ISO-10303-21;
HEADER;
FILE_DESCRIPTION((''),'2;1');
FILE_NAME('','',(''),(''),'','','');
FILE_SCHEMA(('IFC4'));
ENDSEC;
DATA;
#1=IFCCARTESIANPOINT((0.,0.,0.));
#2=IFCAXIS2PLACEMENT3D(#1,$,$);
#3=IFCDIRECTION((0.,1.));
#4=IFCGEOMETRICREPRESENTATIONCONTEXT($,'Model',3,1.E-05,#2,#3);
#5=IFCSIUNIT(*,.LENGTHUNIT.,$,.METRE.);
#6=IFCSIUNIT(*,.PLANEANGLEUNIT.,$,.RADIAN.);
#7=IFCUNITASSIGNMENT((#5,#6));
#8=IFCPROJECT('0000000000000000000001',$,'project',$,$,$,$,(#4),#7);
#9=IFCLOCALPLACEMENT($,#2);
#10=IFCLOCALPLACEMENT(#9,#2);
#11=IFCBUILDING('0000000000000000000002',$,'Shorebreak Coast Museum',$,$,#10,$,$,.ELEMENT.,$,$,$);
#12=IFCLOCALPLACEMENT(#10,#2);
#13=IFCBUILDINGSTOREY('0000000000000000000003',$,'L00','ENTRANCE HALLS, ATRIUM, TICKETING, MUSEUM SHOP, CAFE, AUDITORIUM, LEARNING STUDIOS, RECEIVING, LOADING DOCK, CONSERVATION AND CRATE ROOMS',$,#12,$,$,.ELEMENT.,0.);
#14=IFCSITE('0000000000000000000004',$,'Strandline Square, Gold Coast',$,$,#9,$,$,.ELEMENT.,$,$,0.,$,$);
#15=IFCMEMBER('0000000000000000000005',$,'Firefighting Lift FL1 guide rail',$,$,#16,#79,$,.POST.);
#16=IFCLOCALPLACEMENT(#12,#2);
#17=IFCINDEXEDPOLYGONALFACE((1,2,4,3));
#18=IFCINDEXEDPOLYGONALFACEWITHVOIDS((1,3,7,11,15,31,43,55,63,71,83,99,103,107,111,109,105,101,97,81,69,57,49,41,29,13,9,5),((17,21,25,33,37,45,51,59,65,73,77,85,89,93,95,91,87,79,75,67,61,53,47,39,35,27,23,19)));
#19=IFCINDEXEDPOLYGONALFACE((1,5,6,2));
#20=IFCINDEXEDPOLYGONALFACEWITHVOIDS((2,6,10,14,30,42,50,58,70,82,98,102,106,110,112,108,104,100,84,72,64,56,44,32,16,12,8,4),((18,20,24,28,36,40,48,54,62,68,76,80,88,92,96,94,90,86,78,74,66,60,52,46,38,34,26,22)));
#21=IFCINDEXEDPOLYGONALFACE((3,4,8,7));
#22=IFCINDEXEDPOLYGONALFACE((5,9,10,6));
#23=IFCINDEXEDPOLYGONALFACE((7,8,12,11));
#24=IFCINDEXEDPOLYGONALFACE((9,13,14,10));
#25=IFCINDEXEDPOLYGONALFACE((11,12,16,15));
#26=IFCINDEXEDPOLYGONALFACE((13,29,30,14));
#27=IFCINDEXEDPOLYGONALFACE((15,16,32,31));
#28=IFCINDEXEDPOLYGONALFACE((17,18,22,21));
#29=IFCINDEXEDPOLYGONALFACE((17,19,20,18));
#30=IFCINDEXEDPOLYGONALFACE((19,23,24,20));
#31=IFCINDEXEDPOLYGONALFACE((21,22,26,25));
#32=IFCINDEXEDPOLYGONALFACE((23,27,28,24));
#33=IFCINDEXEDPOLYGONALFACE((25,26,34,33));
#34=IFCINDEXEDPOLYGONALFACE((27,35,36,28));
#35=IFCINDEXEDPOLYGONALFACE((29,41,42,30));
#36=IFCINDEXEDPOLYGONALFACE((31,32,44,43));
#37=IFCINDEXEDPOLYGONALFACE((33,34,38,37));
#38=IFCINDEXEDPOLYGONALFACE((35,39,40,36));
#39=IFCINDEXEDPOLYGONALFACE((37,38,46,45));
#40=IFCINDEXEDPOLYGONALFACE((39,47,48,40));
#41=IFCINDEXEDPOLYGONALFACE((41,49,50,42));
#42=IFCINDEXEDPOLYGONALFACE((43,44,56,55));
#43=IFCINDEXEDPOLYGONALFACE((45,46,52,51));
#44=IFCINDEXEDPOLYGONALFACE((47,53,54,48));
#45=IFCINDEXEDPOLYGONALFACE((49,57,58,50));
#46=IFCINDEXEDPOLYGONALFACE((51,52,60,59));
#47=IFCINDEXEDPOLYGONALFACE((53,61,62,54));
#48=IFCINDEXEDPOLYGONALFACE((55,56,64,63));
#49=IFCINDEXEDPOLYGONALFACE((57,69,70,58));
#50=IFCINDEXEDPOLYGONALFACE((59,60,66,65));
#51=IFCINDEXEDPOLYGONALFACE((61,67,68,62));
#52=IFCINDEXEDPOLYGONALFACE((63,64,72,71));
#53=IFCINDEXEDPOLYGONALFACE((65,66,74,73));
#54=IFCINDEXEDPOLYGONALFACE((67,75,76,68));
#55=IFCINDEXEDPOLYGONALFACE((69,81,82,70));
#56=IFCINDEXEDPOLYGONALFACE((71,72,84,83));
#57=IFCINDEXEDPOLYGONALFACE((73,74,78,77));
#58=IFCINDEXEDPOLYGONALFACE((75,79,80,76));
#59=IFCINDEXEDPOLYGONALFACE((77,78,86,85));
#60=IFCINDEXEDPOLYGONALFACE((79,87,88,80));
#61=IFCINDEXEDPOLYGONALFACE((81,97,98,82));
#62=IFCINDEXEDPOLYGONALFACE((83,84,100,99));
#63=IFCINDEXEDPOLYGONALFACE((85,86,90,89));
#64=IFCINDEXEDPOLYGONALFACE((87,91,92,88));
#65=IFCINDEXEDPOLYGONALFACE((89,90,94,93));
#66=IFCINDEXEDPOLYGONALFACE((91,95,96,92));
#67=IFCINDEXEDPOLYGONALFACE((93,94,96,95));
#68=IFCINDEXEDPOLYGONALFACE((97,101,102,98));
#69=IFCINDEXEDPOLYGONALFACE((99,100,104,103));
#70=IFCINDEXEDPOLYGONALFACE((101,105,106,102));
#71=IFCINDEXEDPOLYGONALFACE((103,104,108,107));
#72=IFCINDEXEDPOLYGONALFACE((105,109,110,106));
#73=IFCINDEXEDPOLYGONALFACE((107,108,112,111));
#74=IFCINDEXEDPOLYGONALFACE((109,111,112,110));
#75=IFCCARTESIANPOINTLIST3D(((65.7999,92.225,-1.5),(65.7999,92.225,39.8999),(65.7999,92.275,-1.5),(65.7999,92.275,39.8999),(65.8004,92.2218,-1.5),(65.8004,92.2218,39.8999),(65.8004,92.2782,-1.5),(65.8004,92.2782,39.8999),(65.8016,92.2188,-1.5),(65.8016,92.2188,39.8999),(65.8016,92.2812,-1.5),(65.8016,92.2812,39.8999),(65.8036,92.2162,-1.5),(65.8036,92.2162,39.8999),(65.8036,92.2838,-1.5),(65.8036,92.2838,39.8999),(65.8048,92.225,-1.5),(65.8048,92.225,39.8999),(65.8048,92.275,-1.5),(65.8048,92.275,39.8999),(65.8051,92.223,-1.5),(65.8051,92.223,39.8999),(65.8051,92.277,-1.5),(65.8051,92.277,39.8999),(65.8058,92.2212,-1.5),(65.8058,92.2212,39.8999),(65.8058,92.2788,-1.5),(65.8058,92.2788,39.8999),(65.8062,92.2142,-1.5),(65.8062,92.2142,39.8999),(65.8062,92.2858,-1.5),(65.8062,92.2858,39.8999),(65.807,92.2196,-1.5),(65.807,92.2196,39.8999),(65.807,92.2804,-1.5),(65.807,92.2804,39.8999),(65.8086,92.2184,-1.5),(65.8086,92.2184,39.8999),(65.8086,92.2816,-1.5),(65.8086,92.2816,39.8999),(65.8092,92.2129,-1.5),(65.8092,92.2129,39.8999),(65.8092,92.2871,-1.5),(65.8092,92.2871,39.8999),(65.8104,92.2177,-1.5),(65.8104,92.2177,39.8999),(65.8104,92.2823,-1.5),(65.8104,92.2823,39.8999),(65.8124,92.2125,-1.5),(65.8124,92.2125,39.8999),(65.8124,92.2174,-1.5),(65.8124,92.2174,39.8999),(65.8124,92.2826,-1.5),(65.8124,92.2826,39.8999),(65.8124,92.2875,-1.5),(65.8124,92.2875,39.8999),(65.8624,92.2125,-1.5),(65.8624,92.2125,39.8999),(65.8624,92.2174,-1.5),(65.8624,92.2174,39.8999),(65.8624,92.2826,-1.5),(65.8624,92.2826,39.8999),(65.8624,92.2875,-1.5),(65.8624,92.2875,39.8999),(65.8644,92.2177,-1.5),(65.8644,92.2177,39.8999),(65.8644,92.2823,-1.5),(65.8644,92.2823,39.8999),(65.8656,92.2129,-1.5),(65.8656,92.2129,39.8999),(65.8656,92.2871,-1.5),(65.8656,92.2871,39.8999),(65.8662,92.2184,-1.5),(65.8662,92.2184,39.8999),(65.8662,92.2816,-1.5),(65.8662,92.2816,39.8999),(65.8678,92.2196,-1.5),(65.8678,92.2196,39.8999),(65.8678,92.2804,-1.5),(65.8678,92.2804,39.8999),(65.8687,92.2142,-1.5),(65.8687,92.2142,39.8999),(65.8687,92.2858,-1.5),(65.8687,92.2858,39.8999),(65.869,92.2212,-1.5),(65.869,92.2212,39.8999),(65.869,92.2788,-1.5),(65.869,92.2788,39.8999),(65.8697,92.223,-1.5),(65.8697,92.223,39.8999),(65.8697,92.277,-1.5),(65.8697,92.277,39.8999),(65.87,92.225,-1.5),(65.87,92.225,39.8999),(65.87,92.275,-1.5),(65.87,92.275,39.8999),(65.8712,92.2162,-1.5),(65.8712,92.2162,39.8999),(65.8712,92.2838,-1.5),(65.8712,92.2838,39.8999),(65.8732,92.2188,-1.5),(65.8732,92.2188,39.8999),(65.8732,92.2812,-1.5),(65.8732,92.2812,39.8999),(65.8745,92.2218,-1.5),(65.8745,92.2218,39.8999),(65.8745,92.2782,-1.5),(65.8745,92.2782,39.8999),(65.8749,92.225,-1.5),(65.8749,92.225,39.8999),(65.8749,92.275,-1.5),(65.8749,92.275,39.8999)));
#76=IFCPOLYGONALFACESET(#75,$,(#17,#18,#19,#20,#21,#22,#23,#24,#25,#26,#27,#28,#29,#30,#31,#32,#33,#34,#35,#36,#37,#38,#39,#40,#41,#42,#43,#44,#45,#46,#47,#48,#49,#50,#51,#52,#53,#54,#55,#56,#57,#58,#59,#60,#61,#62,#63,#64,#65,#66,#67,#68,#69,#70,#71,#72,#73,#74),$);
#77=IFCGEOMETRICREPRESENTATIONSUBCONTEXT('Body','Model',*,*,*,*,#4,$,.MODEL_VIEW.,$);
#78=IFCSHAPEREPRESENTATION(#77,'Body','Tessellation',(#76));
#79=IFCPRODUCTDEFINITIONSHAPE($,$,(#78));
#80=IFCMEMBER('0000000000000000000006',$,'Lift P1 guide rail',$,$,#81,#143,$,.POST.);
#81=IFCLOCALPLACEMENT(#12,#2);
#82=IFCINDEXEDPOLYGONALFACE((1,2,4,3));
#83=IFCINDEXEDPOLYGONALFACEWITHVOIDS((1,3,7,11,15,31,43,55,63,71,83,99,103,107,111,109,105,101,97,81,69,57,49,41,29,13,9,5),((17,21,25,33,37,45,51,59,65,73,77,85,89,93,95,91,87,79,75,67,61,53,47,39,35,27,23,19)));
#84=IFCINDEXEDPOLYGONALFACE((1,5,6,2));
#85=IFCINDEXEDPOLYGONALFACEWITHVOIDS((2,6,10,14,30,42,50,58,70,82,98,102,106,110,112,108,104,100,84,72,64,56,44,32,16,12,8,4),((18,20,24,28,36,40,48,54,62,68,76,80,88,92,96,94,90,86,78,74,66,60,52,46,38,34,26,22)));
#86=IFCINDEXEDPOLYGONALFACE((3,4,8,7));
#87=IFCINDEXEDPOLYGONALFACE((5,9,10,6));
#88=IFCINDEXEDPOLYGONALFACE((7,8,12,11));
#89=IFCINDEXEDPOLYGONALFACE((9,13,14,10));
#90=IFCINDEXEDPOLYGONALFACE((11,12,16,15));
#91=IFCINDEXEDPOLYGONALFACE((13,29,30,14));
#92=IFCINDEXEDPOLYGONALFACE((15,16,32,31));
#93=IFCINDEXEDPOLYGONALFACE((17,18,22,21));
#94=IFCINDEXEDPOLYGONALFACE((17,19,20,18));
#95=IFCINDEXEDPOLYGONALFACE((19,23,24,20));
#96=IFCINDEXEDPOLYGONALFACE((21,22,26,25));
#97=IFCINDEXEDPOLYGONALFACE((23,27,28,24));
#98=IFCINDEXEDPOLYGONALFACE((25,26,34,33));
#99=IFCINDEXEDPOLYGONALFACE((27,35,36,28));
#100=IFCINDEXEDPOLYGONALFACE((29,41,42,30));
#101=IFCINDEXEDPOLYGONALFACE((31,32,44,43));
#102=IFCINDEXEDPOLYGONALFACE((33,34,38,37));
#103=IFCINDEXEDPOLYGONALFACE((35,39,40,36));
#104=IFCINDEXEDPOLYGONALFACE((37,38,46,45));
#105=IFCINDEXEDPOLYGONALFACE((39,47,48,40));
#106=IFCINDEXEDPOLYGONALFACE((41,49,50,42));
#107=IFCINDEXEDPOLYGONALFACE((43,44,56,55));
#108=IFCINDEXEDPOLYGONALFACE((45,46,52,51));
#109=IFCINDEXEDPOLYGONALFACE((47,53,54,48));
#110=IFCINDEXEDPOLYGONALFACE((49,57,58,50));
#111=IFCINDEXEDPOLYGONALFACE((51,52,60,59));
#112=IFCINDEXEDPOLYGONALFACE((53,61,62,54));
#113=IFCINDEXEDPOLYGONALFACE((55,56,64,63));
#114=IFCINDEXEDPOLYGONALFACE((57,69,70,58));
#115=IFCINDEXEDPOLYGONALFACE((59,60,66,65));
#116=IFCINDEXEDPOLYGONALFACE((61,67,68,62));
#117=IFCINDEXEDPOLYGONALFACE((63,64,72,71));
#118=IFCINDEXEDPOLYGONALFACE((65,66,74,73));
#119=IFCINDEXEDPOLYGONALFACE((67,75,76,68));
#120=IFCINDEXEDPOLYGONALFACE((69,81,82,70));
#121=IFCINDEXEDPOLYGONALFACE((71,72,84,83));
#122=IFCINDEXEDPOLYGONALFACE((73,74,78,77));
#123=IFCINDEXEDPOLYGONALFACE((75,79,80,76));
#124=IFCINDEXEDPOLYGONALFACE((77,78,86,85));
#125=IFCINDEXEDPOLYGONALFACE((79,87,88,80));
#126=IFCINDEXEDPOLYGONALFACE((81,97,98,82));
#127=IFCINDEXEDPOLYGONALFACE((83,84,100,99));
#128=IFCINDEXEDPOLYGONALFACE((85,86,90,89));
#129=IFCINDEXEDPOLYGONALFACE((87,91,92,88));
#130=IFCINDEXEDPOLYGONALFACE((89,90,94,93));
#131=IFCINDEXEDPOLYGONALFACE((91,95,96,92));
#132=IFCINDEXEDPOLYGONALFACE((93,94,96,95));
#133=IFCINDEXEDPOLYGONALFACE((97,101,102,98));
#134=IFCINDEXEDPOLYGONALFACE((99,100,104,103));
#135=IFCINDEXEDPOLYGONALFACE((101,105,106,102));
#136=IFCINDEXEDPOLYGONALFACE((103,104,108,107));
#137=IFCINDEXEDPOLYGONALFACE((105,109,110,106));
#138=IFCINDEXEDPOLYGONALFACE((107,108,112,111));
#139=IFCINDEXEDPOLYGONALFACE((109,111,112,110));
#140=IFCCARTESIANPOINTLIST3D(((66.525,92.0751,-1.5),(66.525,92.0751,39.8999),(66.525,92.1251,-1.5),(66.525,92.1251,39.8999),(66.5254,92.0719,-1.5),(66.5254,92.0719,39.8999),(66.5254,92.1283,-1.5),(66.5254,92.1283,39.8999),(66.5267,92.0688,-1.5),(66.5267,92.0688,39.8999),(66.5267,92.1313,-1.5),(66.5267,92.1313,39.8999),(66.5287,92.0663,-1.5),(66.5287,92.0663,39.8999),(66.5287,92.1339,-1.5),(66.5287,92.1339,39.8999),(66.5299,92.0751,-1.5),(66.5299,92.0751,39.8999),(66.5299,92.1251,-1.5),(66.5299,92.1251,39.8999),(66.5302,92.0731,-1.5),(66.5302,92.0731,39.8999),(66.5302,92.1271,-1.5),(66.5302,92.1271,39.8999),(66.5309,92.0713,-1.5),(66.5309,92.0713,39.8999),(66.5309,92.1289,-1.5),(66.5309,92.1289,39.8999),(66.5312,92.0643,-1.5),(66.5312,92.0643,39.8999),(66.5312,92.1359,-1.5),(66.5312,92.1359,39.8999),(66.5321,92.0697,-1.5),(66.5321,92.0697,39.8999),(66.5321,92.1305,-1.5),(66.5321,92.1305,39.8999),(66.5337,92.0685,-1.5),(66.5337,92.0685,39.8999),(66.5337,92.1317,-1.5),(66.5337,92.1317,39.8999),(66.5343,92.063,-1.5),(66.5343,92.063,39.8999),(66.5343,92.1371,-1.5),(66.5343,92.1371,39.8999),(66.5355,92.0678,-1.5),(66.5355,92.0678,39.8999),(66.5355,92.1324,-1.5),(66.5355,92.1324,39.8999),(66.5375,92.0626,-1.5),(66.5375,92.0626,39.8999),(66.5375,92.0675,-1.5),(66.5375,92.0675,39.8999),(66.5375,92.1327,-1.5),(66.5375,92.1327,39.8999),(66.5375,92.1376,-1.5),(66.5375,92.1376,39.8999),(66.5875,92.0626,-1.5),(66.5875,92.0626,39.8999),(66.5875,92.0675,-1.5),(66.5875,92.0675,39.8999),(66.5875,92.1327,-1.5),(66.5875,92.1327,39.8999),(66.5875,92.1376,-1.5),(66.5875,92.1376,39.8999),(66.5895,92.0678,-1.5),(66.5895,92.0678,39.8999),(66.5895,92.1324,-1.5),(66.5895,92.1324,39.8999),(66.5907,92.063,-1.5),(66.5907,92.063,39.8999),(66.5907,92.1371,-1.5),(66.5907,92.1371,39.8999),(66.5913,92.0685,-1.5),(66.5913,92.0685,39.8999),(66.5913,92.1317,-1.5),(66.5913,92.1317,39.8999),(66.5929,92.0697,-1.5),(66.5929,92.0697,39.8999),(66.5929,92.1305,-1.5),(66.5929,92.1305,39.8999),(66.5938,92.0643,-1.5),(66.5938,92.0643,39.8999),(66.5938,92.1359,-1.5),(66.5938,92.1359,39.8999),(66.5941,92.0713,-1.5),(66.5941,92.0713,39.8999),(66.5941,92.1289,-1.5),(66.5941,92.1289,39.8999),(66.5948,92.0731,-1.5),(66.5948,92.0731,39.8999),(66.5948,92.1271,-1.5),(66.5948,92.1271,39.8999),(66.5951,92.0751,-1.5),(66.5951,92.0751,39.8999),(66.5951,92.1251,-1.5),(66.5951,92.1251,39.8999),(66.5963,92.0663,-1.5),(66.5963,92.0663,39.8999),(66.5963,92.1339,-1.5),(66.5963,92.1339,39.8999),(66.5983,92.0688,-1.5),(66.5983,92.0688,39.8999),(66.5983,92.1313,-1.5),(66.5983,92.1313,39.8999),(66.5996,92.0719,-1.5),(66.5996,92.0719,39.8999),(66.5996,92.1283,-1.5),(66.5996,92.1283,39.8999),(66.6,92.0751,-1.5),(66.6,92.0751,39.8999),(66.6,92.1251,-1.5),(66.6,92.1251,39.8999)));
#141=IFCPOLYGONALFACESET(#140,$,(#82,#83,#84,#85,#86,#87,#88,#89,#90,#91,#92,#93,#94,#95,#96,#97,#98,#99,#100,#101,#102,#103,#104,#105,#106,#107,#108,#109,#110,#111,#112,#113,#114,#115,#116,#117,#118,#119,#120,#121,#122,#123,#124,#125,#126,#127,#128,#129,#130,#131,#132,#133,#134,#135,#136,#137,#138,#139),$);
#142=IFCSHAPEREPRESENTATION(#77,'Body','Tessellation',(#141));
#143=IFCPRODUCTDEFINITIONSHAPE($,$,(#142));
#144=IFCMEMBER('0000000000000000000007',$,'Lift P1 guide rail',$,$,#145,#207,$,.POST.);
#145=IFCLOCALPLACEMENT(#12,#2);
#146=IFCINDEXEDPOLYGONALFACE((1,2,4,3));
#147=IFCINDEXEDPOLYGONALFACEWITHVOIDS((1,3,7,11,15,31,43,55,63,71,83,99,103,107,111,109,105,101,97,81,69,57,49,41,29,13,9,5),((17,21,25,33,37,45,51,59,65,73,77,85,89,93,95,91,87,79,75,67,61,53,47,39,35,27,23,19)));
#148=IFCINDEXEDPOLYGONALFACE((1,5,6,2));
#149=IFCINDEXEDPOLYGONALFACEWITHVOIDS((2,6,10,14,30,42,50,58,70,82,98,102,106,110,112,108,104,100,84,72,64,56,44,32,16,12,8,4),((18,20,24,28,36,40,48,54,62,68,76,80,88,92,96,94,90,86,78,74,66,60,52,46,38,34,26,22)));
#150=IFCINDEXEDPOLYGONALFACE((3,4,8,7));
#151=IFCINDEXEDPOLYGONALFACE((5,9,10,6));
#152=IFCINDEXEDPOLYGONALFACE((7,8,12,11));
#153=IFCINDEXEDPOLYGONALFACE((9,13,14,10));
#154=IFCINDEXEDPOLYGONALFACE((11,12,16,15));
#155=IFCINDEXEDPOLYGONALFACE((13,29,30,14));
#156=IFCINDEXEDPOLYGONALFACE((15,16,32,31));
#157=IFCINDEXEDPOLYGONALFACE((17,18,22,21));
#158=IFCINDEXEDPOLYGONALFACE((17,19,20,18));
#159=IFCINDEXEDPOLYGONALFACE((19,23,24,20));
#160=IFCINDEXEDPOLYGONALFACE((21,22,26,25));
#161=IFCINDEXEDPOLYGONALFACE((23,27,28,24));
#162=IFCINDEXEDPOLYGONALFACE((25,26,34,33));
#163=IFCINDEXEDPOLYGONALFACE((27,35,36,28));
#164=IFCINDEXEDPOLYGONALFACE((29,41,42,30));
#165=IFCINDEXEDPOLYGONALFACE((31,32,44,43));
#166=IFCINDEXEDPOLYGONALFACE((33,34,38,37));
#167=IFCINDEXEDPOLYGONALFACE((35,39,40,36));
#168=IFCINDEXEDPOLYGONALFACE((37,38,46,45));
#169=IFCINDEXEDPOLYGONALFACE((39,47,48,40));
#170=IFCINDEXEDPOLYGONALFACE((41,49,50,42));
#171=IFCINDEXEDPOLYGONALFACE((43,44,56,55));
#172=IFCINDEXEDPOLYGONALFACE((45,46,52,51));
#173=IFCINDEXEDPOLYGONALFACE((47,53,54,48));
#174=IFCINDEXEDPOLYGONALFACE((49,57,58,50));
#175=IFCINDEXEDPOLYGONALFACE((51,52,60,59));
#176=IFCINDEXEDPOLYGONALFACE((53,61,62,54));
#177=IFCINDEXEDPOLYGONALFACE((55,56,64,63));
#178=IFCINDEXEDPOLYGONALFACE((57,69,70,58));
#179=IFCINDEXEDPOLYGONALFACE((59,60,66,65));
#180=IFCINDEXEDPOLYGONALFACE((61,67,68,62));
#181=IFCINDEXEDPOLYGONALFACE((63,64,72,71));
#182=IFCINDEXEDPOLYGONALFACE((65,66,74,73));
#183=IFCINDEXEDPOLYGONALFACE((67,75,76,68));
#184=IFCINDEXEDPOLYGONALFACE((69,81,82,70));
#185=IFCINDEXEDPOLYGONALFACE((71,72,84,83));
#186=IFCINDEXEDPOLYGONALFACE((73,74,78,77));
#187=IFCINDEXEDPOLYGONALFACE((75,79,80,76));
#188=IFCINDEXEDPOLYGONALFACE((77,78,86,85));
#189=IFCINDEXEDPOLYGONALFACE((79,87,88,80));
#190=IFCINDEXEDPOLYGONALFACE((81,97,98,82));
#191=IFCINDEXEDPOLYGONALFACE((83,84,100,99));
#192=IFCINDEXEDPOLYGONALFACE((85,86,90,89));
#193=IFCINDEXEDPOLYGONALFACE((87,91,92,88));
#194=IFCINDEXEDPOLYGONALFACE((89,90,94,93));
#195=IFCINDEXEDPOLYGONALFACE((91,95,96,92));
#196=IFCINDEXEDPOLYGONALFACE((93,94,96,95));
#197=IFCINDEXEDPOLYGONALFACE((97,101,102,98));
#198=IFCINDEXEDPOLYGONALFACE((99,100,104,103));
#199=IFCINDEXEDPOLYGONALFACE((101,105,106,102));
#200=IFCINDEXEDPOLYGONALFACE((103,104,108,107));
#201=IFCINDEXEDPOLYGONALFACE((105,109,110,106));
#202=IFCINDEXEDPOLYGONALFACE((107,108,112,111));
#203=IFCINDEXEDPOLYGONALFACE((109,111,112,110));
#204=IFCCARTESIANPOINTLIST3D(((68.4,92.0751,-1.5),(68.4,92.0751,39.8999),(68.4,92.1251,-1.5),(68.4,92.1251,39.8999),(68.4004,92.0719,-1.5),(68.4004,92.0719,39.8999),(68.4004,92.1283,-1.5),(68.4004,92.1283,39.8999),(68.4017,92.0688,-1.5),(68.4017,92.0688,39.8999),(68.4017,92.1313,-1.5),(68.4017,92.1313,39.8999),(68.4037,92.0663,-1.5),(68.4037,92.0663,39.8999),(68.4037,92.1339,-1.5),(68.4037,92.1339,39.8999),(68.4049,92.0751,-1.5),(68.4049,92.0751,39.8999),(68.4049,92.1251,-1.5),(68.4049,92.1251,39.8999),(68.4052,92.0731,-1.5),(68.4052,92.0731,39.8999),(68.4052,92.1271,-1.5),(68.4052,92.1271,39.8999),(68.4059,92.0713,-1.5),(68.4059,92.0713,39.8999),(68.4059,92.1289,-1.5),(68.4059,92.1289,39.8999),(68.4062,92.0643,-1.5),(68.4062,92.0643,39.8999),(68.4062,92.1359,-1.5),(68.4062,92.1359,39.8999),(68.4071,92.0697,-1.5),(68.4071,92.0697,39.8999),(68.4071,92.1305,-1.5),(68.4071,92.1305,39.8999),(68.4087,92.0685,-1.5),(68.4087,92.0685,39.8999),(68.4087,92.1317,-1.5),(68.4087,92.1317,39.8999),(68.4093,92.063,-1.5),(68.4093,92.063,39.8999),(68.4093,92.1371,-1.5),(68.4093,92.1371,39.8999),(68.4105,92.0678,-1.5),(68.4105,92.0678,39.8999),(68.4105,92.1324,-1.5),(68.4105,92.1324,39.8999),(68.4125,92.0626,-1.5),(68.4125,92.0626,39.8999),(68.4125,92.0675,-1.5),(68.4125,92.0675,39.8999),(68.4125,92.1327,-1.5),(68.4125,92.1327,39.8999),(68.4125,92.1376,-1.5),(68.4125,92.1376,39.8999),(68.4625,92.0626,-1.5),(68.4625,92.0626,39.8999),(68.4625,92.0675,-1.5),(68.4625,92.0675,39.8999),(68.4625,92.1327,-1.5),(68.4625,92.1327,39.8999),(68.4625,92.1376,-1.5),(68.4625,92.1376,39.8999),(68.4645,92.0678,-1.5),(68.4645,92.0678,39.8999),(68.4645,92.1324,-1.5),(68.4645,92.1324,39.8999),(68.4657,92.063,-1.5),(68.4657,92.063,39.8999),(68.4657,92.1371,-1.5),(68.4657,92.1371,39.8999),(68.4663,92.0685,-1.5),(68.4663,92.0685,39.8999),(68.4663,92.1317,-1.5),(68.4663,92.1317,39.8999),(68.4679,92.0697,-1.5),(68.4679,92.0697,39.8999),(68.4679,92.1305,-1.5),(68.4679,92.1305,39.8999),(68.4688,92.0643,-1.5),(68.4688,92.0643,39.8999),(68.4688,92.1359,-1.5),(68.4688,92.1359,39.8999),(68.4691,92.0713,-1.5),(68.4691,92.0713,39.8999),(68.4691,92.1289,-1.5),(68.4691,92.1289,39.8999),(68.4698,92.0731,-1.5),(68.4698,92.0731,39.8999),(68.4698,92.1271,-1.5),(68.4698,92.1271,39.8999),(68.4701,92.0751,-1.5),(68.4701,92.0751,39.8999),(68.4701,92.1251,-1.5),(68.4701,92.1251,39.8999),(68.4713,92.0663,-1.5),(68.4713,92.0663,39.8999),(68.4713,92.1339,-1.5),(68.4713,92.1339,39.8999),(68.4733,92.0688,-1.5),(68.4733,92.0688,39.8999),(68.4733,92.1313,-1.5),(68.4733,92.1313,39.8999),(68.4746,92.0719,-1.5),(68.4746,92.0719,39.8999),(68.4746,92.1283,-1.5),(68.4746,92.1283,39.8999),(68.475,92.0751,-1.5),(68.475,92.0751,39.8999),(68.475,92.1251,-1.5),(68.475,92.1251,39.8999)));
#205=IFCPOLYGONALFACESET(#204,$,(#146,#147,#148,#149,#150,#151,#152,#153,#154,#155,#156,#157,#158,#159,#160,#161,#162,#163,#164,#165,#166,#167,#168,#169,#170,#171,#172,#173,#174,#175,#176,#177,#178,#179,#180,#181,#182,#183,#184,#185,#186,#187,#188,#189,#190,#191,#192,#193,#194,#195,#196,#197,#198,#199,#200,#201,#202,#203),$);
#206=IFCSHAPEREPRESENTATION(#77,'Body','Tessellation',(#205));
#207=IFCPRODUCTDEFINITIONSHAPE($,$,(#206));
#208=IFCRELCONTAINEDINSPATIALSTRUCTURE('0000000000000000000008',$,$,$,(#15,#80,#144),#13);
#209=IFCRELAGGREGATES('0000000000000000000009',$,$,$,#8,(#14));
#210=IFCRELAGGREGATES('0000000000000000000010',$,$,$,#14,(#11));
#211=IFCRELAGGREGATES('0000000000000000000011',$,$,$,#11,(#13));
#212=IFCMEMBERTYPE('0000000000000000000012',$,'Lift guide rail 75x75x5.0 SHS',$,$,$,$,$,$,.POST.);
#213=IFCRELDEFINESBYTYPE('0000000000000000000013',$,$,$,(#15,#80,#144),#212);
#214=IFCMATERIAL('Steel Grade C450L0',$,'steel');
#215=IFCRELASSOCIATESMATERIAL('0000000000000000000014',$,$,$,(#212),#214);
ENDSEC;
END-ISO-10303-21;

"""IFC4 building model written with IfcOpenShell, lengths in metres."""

from ifc_helpers import new_model, si_unit, direction, frame, origin, origin_2d, place, context, subcontext, project, spatial, hollow_rectangle, extrude, material, material_profile, profile_set, type_object, element, save


model = new_model("IFC4")

# Units and contexts
model_context = context("Model", 3, precision=1e-05, world=origin(), true_north=direction((0.0, 1.0)))
body_context = subcontext(model_context, "Body", "Model", "MODEL_VIEW")
ifc_project = project(units=[si_unit("LENGTHUNIT", "METRE"), si_unit("PLANEANGLEUNIT", "RADIAN")], contexts=[model_context])

# Site, building, storey
site_placement = place(None, origin())
site = spatial("IfcSite", under=ifc_project, at=site_placement, Name="Strandline Square, Gold Coast", CompositionType="ELEMENT", RefElevation=0.0)
building_placement = place(site_placement, origin())
building = spatial("IfcBuilding", under=site, at=building_placement, Name="Shorebreak Coast Museum", CompositionType="ELEMENT")
storey_placement = place(building_placement, origin())
storey = spatial("IfcBuildingStorey", under=building, at=storey_placement, Name="L00", Description="ENTRANCE HALLS, ATRIUM, TICKETING, MUSEUM SHOP, CAFE, AUDITORIUM, LEARNING STUDIOS, RECEIVING, LOADING DOCK, CONSERVATION AND CRATE ROOMS", CompositionType="ELEMENT", Elevation=0.0)

# Members
ifc_material_1 = material(Name="Steel Grade C450L0", Category="steel")
ifc_material_profile_1 = material_profile(ifc_material_1, hollow_rectangle(XDim=0.075, YDim=0.075, WallThickness=0.0049, InnerFilletRadius=0.0076, OuterFilletRadius=0.0125, at=origin_2d()), Name="75x75x5.0 SHS")
ifc_profile_set_1 = profile_set([ifc_material_profile_1], Name="Steel Grade C450L0")
member_type = type_object("IfcMemberType", Name="Lift guide rail 75x75x5.0 SHS", PredefinedType="POST", material=ifc_profile_set_1)
for number, where, z_axis, x_axis, name in (
    (1, (65.8374, 92.25, -1.5), (0.0, 0.0, 1.0), (1.0, 0.0, 0.0), "Firefighting Lift FL1 guide rail"),
    (2, (66.5625, 92.1001, -1.5), (0.0, 0.0, 1.0), (1.0, 0.0, 0.0), "Lift P1 guide rail"),
    (3, (68.4375, 92.1001, -1.5), (0.0, 0.0, 1.0), (1.0, 0.0, 0.0), "Lift P1 guide rail"),
):
    element("IfcMember", number, at=place(storey_placement, frame(where, z_axis=z_axis, x_axis=x_axis)), inside=storey, type_object=member_type, Name=name, PredefinedType="POST", context=body_context, shape_type="SweptSolid", body=[
        extrude(hollow_rectangle(XDim=0.075, YDim=0.075, WallThickness=0.0049, InnerFilletRadius=0.0076, OuterFilletRadius=0.0125, at=origin_2d()), origin(), (0.0, 0.0, 1.0), 41.3999),
    ])

save(model, "model.ifc")
